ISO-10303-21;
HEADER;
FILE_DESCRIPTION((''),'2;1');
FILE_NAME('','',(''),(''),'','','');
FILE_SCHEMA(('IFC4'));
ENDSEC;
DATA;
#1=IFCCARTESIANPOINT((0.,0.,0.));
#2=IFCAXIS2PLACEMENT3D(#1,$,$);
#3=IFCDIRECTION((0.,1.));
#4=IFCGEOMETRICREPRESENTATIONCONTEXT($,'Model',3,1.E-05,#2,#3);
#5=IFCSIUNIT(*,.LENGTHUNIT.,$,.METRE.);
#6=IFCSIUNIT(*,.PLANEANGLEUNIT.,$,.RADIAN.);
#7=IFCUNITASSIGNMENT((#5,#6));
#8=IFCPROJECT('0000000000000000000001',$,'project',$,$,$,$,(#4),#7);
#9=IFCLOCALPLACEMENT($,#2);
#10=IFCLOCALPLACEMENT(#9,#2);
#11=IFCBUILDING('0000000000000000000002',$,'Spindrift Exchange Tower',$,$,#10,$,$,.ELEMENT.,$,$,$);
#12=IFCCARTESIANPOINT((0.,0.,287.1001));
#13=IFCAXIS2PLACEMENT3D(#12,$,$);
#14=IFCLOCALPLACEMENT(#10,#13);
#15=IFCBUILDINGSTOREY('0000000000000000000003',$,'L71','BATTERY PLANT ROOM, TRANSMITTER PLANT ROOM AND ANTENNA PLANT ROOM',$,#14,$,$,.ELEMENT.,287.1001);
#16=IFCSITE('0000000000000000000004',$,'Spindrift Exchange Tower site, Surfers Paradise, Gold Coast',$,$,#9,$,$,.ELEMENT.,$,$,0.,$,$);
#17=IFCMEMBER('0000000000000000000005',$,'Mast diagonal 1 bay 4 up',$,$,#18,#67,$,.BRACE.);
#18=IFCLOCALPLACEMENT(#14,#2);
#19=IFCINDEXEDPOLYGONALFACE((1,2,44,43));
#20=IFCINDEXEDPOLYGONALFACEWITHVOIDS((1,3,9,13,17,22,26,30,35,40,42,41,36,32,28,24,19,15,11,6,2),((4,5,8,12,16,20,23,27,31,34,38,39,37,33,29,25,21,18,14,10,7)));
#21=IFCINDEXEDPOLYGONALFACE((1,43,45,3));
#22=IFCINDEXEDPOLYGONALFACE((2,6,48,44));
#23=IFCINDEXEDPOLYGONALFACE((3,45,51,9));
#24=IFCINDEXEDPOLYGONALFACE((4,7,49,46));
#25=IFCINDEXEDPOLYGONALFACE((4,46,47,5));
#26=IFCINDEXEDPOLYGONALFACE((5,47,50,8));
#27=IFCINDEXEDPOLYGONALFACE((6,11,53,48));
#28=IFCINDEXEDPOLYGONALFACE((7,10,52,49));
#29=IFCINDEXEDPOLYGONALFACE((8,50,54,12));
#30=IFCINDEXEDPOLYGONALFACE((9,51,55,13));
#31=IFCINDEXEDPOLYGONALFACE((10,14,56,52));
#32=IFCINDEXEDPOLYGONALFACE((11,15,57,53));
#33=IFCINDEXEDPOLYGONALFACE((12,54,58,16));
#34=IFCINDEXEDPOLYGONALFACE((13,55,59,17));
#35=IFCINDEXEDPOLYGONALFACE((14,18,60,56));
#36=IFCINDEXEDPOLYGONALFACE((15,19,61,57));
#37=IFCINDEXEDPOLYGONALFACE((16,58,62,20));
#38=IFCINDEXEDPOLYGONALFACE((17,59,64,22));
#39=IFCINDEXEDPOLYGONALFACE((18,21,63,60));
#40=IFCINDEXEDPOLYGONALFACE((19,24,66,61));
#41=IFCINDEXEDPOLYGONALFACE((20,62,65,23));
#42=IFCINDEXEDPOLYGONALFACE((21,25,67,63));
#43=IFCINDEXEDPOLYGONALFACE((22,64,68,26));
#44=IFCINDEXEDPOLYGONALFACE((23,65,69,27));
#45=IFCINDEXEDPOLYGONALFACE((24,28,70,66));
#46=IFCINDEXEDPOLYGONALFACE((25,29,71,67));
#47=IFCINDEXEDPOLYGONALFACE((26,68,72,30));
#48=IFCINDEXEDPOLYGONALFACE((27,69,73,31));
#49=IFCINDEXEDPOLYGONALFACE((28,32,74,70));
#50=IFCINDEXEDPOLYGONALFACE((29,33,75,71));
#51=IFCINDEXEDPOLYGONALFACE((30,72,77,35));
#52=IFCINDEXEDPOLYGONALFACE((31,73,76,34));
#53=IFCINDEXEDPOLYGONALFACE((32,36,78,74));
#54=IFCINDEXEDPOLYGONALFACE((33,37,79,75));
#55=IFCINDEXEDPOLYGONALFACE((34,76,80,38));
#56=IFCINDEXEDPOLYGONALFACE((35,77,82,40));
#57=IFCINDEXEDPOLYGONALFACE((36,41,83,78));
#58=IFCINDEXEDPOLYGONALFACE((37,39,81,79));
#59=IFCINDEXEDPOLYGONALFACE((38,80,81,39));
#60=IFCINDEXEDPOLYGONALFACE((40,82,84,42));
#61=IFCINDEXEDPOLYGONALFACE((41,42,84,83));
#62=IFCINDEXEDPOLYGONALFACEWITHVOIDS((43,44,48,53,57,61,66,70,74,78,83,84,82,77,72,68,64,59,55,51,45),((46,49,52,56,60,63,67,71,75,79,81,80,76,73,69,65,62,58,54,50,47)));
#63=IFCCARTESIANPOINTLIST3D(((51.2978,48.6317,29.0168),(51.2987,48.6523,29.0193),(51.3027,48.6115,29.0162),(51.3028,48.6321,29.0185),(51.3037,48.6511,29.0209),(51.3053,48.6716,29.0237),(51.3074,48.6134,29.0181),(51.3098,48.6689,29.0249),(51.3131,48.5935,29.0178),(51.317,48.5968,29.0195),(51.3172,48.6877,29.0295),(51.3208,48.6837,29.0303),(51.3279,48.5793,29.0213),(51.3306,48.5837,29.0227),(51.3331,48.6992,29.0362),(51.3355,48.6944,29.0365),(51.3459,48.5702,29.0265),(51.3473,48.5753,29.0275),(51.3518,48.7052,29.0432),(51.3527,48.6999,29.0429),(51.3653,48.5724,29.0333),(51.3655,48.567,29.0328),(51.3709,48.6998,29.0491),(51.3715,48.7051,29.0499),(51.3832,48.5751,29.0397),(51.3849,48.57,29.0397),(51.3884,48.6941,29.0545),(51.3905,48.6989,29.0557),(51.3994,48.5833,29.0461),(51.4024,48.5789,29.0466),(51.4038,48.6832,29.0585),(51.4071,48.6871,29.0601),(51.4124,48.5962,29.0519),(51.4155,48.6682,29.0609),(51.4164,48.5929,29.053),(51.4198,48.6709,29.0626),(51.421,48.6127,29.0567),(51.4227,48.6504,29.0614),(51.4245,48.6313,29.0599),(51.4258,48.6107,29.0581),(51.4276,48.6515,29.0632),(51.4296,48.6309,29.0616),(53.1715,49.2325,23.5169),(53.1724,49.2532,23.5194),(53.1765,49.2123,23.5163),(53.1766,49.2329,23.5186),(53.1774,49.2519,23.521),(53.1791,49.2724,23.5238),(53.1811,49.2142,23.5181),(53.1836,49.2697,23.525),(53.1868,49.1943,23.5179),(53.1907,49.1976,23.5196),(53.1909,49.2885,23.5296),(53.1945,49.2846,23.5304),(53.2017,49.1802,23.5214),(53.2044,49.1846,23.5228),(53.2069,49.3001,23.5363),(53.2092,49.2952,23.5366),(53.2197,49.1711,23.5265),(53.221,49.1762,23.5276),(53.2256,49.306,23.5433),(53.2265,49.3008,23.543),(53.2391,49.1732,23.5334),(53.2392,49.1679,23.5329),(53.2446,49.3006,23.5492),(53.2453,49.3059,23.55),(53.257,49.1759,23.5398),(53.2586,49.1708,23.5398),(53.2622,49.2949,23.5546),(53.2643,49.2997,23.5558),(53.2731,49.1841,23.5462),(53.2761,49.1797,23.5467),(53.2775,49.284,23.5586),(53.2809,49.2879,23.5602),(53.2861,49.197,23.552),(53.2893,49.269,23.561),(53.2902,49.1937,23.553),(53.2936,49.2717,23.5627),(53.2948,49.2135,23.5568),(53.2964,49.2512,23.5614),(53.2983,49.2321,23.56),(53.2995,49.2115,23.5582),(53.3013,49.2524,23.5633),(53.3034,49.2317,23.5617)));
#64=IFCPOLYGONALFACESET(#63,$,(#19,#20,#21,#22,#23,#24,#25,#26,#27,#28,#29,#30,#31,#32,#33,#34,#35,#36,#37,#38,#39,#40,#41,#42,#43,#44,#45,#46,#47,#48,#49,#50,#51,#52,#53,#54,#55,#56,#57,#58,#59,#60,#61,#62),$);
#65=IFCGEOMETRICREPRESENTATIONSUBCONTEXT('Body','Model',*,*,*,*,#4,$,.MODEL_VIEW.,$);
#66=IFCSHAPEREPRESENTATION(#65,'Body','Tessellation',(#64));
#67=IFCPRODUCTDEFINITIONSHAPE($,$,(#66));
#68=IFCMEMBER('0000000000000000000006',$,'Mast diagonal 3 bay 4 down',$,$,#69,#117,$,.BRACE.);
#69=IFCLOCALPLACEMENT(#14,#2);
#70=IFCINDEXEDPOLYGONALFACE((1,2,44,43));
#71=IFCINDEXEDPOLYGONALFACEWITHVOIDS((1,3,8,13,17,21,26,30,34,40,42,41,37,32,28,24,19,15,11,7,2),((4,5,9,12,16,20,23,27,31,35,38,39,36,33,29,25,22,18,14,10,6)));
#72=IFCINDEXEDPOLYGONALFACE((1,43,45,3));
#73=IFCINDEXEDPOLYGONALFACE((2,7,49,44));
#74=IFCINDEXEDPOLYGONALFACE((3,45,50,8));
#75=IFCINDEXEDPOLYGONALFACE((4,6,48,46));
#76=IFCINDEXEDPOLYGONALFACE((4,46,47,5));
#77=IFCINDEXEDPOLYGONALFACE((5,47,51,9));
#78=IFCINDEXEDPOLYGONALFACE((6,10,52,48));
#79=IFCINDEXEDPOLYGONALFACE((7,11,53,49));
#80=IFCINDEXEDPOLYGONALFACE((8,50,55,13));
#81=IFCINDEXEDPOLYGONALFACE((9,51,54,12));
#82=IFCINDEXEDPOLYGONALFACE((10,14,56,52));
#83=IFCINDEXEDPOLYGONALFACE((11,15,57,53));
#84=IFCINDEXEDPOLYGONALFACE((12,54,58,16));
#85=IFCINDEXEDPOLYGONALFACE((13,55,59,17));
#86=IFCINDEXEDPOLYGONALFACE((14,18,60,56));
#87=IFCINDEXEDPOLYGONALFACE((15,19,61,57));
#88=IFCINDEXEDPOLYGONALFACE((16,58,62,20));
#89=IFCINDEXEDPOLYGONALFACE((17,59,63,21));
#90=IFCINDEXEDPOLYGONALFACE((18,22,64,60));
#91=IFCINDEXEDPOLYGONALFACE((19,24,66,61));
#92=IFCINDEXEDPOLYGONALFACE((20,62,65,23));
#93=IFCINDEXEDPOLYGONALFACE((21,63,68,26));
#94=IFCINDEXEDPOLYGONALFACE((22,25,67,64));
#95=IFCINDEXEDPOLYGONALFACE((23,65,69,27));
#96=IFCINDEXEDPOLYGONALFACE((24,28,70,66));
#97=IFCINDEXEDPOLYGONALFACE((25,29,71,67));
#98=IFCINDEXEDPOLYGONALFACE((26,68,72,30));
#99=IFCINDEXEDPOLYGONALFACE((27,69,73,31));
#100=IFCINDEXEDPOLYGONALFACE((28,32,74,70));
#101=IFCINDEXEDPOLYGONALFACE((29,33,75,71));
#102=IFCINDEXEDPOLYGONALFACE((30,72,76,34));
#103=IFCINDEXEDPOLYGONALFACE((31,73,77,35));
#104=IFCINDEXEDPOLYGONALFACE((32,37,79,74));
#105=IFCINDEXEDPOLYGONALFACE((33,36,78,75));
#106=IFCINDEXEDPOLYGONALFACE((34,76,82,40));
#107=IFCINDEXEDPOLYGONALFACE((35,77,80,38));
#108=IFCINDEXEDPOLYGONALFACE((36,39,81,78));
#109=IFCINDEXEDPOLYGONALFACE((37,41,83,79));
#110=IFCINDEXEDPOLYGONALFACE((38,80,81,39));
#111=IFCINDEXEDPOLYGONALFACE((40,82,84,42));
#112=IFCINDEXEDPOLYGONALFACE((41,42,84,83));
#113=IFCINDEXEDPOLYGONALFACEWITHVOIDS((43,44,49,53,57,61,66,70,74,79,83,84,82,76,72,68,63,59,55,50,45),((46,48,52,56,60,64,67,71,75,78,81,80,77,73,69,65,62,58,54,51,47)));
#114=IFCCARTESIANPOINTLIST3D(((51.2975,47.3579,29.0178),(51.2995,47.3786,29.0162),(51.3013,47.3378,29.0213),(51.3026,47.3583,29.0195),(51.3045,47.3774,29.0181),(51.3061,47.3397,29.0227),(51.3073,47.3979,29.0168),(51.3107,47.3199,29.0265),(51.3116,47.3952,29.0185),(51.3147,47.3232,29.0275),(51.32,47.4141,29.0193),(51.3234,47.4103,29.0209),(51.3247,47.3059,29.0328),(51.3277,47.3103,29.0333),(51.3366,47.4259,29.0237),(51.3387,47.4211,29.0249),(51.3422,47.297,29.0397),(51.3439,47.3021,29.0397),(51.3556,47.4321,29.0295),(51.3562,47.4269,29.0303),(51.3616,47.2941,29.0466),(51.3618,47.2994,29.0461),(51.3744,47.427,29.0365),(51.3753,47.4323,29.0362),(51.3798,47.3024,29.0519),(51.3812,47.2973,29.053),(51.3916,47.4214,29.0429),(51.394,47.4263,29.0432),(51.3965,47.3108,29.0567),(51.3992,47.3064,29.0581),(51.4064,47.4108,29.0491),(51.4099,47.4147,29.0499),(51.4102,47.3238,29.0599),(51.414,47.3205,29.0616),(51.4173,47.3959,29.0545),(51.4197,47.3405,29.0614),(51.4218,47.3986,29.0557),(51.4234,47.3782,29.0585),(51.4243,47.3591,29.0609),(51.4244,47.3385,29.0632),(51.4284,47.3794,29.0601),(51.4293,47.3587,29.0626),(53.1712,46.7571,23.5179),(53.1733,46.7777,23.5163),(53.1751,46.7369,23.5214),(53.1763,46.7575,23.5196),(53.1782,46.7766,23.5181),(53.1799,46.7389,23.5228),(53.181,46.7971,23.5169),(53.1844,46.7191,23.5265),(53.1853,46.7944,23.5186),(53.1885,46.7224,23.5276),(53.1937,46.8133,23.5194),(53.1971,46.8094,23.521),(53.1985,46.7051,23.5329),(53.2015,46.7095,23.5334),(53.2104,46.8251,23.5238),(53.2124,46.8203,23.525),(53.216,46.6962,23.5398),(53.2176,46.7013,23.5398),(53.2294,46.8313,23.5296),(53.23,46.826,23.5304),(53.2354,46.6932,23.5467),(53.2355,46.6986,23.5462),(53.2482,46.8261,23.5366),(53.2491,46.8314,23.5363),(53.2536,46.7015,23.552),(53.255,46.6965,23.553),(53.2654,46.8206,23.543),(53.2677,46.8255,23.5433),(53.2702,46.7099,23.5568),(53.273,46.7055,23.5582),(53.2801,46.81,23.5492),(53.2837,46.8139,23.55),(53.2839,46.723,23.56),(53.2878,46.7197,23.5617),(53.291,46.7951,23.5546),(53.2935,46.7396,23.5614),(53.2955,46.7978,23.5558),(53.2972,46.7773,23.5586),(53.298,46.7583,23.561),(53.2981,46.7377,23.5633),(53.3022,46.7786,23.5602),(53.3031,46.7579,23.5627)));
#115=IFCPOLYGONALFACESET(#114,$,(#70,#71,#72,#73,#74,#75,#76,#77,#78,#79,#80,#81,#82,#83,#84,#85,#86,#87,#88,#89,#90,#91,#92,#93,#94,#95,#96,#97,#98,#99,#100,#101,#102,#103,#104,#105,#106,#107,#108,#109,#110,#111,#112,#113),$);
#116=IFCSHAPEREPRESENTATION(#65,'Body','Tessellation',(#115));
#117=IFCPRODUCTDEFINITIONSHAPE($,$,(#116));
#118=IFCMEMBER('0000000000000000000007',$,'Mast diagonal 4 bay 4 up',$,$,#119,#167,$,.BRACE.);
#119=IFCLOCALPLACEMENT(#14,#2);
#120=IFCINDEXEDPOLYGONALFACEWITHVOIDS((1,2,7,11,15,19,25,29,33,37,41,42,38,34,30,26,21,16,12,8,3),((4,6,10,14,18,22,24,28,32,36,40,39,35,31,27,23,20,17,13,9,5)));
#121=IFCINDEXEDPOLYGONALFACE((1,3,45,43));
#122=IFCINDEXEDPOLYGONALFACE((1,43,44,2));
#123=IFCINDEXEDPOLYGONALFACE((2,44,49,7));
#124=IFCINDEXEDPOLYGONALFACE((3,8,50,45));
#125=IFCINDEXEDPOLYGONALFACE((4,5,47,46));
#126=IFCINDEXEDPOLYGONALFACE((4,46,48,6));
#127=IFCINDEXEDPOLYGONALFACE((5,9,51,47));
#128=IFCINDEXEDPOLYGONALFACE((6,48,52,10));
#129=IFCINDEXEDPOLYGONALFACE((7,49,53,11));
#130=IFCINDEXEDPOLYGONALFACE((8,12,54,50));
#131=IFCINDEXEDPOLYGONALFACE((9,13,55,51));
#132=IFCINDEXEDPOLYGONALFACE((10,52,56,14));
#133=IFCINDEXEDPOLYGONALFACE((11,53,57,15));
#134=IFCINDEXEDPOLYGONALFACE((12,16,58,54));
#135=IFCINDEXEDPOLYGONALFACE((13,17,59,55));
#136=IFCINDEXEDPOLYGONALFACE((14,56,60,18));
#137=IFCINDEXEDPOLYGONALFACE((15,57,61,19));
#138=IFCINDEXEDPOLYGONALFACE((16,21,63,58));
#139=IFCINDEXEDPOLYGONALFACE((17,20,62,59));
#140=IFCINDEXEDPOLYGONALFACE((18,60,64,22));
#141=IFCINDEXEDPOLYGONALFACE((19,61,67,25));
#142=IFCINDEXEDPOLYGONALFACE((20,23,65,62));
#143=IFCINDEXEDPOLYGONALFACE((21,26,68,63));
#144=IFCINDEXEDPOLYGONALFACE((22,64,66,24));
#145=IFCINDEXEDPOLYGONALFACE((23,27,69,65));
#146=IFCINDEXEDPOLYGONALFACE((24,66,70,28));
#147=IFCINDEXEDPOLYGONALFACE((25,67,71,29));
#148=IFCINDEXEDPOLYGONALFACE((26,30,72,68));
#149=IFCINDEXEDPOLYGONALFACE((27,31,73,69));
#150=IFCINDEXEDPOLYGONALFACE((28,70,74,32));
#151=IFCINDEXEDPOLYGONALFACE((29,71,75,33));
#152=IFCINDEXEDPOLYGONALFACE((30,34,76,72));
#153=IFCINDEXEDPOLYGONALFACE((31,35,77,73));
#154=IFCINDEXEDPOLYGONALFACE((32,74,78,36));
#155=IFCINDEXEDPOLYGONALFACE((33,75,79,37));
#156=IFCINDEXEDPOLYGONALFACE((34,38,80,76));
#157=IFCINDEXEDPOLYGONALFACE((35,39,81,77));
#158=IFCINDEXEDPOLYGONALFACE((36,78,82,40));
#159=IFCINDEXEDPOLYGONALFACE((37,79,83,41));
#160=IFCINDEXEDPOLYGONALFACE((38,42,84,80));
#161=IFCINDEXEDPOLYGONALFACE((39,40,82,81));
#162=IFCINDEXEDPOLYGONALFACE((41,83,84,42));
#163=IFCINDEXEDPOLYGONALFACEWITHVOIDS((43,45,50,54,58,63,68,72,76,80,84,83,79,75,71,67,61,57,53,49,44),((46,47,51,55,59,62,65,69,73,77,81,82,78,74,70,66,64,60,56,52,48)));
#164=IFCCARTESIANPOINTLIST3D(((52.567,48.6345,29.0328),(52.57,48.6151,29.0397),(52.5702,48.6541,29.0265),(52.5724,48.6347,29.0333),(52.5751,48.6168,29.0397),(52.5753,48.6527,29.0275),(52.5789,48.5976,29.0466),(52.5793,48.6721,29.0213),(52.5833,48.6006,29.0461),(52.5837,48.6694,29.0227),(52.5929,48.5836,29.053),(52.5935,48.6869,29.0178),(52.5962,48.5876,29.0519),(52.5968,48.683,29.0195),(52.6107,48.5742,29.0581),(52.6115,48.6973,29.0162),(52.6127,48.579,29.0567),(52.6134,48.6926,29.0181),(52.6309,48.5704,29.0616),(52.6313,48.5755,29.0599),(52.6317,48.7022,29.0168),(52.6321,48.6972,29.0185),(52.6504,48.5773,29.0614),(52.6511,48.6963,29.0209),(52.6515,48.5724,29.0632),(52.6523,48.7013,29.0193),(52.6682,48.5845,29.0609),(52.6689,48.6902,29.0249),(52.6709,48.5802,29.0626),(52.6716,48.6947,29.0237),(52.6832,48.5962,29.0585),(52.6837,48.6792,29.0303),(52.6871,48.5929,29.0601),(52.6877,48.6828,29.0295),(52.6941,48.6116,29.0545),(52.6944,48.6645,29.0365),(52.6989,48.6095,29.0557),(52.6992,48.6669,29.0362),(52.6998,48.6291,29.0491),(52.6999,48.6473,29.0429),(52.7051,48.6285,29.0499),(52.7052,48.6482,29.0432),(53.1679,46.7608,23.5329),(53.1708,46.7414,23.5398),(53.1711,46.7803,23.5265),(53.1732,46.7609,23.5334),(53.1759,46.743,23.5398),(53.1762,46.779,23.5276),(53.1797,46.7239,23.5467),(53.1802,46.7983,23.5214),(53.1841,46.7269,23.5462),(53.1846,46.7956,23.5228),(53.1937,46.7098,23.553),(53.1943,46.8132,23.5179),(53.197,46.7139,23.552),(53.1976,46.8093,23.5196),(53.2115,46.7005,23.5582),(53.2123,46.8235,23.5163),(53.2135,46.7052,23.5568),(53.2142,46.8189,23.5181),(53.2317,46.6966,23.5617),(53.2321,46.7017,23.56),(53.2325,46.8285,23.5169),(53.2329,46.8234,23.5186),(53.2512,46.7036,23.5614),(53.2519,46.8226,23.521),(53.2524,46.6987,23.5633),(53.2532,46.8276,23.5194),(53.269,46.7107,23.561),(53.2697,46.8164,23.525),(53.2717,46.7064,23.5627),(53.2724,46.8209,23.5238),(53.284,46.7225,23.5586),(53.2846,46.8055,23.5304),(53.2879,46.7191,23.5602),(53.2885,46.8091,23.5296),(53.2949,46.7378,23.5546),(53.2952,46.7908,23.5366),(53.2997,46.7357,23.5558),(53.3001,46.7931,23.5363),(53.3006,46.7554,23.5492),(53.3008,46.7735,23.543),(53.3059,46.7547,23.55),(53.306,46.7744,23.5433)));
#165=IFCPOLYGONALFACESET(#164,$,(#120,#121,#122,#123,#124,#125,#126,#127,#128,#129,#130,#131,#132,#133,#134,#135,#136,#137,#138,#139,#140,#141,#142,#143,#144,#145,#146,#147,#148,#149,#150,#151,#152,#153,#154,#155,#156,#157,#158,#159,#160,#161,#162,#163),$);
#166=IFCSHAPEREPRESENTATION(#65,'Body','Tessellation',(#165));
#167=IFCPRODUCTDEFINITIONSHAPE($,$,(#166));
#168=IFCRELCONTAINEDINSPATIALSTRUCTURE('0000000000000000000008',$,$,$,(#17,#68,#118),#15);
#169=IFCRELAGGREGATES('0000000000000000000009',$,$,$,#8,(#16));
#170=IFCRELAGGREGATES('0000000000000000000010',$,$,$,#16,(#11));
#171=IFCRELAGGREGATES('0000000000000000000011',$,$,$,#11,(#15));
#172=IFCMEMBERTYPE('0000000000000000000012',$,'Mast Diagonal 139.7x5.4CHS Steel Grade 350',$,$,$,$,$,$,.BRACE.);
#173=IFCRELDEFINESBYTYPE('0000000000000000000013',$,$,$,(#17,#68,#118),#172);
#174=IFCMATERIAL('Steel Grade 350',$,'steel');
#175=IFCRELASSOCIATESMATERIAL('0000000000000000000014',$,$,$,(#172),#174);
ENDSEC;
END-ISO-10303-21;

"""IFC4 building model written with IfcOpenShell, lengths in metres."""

from ifc_helpers import new_model, si_unit, direction, frame, origin, origin_2d, place, context, subcontext, project, spatial, hollow_circle, extrude, source, transform, mapped, material, material_profile, profile_set, type_object, element, save


model = new_model("IFC4")

# Units and contexts
model_context = context("Model", 3, precision=1e-05, world=origin(), true_north=direction((0.0, 1.0)))
body_context = subcontext(model_context, "Body", "Model", "MODEL_VIEW")
ifc_project = project(units=[si_unit("LENGTHUNIT", "METRE"), si_unit("PLANEANGLEUNIT", "RADIAN")], contexts=[model_context])

# Site, building, storey
site_placement = place(None, origin())
site = spatial("IfcSite", under=ifc_project, at=site_placement, Name="Spindrift Exchange Tower site, Surfers Paradise, Gold Coast", CompositionType="ELEMENT", RefElevation=0.0)
building_placement = place(site_placement, origin())
building = spatial("IfcBuilding", under=site, at=building_placement, Name="Spindrift Exchange Tower", CompositionType="ELEMENT")
storey_placement = place(building_placement, frame((0.0, 0.0, 287.1001)))
storey = spatial("IfcBuildingStorey", under=building, at=storey_placement, Name="L71", Description="BATTERY PLANT ROOM, TRANSMITTER PLANT ROOM AND ANTENNA PLANT ROOM", CompositionType="ELEMENT", Elevation=287.1001)

# Members
ifc_material = material(Name="Steel Grade 350", Category="steel")
ifc_material_profile_1 = material_profile(ifc_material, hollow_circle(Radius=0.0698, WallThickness=0.0054, at=origin_2d()), Name="139.7x5.4CHS")
ifc_profile_set_1 = profile_set([ifc_material_profile_1], Name="Steel Grade 350")
member_type_1 = type_object("IfcMemberType", Name="Mast Diagonal 139.7x5.4CHS Steel Grade 350", PredefinedType="BRACE", material=ifc_profile_set_1)
shared_shape_1 = source(origin(), body_context, "Body", "SweptSolid", [
    extrude(hollow_circle(Radius=0.0698, WallThickness=0.0054, at=origin_2d()), origin(), (0.0, 0.0, 1.0), 5.8413),
])
for number, where, z_axis, x_axis, name in (
    (1, (53.2373, 49.2373, 23.5398), (-0.320775, -0.102857, 0.941554), (0.305338, -0.952244, 0.0), "Mast diagonal 1 bay 4 up"),
    (2, (53.2373, 46.7627, 23.5398), (-0.320775, 0.102857, 0.941554), (-0.305338, -0.952244, 0.0), "Mast diagonal 3 bay 4 down"),
    (3, (53.2373, 46.7627, 23.5398), (-0.102857, 0.320775, 0.941554), (-0.952244, -0.305338, 0.0), "Mast diagonal 4 bay 4 up"),
):
    element("IfcMember", number, at=place(storey_placement, frame(where, z_axis=z_axis, x_axis=x_axis)), inside=storey, type_object=member_type_1, Name=name, PredefinedType="BRACE", context=body_context, shape_type="MappedRepresentation", body=[
        mapped(shared_shape_1, transform((0.0, 0.0, 0.0), scale=1.0)),
    ])

save(model, "model.ifc")
